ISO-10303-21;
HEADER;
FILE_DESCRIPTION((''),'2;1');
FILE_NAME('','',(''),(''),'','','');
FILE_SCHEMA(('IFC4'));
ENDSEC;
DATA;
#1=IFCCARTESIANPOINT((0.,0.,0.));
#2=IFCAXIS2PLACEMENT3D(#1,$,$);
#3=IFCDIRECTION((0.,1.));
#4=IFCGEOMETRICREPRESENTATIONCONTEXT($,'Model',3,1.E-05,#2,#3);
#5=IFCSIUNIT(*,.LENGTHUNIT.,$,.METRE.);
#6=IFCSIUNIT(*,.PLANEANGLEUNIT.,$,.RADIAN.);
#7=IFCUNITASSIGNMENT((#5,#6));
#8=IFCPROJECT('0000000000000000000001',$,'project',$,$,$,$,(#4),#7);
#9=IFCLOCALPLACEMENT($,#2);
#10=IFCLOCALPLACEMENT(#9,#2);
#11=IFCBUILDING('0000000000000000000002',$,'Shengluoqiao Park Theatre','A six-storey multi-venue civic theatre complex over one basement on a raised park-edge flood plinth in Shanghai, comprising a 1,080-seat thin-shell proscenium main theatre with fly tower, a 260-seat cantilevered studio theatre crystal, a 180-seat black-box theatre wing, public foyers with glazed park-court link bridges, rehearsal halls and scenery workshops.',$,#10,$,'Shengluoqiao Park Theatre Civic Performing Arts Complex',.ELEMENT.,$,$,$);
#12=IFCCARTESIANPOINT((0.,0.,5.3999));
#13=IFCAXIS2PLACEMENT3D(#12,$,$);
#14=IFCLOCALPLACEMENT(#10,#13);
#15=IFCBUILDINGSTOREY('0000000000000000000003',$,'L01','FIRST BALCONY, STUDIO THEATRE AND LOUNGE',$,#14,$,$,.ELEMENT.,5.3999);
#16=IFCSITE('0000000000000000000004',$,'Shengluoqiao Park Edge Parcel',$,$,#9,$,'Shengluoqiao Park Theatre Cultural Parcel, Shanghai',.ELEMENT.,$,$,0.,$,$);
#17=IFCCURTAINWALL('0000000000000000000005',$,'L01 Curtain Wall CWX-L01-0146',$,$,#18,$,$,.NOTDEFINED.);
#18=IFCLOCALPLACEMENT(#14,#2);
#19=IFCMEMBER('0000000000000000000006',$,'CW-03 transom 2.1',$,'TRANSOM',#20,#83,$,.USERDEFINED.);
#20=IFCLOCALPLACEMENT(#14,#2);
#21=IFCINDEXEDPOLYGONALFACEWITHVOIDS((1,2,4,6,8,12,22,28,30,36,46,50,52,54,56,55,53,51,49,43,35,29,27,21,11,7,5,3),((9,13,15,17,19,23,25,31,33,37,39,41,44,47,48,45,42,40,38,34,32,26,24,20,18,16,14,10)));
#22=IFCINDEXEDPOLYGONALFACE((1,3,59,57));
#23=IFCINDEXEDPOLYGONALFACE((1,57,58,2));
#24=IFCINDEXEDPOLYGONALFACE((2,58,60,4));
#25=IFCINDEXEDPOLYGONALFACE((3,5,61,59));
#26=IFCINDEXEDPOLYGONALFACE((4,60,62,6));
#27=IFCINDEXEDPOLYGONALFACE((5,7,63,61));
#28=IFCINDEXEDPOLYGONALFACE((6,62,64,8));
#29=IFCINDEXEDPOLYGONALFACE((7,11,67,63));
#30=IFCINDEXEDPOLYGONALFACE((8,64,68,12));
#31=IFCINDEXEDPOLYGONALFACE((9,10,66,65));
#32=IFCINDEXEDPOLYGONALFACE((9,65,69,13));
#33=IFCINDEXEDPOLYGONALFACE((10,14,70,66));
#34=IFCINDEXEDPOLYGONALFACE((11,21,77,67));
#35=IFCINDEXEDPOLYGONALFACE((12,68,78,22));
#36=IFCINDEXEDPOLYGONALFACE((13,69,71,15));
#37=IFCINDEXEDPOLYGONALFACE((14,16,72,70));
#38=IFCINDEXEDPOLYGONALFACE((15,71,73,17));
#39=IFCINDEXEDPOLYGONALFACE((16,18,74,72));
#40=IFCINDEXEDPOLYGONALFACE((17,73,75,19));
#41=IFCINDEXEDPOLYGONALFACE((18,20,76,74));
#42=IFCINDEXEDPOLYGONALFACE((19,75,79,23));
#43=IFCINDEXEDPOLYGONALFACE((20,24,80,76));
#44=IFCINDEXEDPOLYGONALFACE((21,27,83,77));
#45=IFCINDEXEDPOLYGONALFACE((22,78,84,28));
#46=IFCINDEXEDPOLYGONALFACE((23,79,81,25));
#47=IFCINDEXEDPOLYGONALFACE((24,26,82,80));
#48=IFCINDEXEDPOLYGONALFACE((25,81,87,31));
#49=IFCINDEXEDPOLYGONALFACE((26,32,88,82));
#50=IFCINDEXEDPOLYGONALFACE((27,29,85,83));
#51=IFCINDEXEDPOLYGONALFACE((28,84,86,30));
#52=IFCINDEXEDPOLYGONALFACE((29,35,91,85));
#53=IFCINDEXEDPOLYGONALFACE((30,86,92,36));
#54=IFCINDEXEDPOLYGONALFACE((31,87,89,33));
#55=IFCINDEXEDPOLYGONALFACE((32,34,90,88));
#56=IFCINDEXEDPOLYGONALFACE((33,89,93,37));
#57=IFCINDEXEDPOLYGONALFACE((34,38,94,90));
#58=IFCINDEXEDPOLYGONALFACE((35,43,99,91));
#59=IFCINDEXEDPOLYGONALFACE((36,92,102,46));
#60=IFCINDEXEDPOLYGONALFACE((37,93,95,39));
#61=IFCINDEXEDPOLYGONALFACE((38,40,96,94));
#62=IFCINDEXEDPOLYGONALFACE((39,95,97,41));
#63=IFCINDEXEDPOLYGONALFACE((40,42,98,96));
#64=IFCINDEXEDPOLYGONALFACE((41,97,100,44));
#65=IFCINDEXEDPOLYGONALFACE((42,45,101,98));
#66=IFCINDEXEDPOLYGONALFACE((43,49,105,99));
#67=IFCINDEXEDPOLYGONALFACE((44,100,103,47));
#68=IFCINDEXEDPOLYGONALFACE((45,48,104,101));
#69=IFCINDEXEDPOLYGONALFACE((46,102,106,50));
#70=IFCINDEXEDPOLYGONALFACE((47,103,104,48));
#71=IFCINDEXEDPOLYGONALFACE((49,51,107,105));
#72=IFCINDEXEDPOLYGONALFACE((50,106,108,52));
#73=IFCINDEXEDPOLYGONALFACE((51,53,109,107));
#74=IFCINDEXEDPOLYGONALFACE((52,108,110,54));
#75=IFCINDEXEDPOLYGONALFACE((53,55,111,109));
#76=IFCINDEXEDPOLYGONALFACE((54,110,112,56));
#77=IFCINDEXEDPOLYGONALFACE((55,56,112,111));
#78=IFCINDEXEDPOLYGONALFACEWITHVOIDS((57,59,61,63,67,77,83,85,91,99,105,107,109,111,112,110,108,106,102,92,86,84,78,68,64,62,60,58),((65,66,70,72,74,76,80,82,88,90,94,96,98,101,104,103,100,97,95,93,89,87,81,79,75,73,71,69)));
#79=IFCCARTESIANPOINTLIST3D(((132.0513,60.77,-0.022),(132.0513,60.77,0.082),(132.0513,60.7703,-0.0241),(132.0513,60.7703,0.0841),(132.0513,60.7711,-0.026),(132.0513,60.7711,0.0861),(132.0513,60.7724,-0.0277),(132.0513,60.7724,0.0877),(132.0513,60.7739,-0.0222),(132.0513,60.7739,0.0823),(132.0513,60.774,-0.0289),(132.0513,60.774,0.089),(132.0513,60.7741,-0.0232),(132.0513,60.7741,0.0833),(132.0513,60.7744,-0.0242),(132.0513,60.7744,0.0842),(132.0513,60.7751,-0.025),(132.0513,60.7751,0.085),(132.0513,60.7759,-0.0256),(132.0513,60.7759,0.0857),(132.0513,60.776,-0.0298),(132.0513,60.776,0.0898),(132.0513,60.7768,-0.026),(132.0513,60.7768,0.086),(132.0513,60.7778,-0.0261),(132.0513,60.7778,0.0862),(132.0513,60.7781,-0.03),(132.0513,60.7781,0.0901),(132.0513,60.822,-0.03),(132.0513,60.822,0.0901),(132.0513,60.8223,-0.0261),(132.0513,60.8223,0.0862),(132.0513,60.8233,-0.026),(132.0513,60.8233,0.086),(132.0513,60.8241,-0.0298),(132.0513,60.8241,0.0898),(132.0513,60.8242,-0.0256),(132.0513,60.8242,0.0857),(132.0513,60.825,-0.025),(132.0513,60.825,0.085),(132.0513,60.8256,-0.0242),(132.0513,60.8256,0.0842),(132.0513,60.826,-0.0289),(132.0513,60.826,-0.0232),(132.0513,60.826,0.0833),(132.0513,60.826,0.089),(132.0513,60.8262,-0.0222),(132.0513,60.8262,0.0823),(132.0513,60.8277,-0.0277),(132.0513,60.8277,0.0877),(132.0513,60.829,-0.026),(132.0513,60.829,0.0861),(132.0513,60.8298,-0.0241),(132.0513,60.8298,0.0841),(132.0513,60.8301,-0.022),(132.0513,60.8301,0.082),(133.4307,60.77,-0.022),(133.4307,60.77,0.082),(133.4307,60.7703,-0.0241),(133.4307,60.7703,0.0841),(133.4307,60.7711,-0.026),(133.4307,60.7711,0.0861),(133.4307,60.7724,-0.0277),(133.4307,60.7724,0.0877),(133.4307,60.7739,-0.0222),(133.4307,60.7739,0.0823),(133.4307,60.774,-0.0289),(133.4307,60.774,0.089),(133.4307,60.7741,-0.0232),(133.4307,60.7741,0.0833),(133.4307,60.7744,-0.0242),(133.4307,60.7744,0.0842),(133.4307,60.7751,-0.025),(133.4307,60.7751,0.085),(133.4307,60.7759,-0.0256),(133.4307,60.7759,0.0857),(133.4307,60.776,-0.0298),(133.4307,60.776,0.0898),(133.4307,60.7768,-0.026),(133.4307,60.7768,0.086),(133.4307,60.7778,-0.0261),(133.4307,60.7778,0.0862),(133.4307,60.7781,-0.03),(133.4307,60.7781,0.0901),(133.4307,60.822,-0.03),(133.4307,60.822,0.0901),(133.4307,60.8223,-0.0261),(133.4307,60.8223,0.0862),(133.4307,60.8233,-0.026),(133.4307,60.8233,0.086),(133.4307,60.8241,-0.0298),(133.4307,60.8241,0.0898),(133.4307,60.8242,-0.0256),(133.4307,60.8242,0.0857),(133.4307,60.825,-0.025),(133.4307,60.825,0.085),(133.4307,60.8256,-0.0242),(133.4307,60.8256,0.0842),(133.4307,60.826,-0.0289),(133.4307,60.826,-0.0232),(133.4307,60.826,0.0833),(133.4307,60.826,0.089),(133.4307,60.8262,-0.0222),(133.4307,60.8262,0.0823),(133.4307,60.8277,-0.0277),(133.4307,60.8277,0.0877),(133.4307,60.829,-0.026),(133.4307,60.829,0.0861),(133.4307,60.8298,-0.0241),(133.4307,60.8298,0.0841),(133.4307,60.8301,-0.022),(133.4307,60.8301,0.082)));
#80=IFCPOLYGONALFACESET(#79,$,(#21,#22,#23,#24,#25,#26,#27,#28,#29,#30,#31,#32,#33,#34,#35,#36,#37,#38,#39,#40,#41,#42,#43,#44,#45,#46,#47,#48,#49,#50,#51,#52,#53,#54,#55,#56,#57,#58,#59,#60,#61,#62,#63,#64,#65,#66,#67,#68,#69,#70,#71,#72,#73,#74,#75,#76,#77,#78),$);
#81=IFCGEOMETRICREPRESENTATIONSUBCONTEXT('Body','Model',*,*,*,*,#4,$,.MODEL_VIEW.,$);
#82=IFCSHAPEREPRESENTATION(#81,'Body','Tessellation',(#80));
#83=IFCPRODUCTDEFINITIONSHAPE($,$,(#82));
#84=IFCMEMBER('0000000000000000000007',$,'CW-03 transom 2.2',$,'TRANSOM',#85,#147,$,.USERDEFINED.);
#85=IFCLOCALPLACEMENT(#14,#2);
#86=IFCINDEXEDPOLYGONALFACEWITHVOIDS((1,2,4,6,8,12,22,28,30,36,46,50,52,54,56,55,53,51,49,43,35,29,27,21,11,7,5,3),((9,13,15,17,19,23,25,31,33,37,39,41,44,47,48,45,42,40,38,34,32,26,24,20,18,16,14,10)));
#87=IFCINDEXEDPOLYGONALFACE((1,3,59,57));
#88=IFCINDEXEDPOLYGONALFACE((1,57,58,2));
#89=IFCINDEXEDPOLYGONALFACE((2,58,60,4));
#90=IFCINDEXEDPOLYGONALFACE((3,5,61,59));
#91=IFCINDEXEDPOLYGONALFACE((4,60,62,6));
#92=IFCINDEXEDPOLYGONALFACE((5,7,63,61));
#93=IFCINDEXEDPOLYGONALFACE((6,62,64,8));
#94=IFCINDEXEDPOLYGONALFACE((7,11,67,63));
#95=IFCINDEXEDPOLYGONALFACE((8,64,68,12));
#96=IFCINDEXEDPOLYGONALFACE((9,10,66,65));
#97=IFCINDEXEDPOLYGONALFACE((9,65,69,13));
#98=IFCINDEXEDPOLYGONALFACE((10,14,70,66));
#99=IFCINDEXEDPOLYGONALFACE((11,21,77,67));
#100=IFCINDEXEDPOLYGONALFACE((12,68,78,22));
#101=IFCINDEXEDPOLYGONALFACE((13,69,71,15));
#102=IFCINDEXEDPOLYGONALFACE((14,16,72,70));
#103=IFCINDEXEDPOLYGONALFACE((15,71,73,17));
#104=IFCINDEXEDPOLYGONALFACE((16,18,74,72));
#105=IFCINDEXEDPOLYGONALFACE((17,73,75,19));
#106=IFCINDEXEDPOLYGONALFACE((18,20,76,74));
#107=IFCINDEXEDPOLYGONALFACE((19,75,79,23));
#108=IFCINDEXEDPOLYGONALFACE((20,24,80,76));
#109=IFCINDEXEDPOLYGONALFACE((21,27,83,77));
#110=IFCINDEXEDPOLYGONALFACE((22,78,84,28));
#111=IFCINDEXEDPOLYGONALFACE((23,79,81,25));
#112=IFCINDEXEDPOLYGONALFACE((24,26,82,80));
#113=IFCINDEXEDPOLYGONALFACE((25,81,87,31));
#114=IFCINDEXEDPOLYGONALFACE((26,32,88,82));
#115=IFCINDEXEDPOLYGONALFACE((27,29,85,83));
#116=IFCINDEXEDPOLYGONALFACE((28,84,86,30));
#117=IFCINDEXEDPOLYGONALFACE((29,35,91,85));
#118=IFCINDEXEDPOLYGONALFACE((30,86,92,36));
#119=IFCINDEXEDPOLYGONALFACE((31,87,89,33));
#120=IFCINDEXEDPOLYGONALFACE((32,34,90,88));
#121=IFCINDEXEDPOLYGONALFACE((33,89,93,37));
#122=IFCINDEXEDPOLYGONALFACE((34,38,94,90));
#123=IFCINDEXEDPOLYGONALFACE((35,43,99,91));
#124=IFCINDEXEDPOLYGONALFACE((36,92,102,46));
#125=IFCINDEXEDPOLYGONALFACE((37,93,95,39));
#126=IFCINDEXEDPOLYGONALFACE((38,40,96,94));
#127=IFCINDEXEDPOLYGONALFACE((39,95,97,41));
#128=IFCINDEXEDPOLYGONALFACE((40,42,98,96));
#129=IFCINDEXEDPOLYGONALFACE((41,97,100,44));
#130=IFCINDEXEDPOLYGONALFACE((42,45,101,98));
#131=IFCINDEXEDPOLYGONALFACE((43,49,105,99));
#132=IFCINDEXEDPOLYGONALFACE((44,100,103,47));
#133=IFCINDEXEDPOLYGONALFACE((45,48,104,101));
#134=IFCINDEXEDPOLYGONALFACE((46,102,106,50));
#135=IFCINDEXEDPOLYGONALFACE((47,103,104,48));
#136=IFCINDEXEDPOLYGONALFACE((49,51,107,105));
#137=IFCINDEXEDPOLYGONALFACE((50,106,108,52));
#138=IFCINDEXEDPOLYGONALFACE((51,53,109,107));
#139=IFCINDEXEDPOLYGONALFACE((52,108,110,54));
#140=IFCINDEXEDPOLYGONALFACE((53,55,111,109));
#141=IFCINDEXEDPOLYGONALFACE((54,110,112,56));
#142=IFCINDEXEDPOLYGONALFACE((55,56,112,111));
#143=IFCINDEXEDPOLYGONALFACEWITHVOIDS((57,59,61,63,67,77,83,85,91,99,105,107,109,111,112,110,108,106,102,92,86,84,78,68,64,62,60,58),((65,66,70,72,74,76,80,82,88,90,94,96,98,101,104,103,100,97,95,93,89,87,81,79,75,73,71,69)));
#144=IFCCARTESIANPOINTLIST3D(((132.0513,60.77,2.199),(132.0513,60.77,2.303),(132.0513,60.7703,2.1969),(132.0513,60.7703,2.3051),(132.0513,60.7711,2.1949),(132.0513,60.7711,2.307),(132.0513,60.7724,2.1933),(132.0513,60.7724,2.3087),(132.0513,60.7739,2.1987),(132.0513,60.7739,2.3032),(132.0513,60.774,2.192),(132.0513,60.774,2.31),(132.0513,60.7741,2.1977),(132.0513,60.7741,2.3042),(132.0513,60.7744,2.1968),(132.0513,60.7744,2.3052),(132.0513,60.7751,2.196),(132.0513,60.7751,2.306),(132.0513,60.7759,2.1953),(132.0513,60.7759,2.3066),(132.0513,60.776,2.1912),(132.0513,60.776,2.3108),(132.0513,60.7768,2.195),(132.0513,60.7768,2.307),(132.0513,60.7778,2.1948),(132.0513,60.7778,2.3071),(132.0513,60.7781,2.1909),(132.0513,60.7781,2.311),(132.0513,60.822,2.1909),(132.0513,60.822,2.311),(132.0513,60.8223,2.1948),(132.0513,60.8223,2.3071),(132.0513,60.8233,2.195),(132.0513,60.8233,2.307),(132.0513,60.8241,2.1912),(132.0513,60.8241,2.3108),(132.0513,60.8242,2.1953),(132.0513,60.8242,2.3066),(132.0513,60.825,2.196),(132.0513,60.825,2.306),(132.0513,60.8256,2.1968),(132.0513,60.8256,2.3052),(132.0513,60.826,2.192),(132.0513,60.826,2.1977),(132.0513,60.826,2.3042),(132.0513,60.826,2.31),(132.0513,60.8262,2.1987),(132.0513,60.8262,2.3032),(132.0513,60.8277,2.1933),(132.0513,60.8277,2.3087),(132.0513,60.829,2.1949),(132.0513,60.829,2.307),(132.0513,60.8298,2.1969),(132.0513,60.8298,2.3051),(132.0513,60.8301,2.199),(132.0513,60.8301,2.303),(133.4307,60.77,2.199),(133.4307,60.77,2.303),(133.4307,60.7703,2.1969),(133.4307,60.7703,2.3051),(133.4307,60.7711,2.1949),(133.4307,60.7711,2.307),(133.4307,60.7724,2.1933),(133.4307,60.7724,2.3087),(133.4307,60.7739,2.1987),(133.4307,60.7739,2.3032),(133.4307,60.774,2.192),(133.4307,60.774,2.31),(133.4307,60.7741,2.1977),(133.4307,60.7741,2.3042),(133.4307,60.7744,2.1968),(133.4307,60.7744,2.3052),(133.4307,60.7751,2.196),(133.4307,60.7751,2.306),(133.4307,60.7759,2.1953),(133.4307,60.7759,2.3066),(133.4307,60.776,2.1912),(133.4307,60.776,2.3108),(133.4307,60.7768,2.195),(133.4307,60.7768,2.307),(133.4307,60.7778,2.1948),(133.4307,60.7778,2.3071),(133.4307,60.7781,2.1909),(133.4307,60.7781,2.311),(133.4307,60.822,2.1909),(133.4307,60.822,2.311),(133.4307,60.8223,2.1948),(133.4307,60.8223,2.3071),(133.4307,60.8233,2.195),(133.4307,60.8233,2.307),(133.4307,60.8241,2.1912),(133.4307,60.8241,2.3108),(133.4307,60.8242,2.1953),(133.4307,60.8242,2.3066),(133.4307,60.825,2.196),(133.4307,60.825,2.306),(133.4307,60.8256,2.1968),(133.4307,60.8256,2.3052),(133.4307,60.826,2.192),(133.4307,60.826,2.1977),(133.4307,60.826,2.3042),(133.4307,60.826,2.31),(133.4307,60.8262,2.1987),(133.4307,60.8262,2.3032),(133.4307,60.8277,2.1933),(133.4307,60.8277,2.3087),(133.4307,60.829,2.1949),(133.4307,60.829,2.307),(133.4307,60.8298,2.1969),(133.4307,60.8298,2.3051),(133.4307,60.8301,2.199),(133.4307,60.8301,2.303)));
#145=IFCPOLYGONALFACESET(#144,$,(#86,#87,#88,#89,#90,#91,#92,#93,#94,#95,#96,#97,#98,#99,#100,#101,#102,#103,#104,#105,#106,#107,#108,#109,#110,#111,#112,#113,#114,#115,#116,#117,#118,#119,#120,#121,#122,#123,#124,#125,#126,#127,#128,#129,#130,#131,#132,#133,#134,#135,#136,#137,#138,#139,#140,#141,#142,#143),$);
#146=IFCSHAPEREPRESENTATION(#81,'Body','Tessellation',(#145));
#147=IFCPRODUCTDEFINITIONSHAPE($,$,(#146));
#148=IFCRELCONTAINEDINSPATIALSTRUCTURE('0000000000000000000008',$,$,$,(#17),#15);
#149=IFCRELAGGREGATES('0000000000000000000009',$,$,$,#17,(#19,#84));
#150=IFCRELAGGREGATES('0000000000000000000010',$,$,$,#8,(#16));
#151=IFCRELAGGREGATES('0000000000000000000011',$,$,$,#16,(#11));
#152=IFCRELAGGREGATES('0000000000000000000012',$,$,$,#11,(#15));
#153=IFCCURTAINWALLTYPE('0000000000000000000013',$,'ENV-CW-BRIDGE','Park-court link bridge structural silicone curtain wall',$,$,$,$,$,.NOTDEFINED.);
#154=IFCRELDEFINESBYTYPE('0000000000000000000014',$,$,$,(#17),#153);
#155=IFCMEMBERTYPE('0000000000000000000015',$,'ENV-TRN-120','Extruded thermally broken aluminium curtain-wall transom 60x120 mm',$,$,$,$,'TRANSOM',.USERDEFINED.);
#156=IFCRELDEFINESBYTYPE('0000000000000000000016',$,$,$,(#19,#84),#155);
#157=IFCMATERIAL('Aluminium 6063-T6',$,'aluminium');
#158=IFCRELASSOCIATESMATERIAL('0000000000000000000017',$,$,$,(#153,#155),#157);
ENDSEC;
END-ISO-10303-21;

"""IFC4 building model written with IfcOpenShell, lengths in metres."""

from ifc_helpers import new_model, si_unit, direction, frame, origin, origin_2d, place, context, subcontext, project, spatial, hollow_rectangle, extrude, material, material_profile, profile_set, type_object, element, aggregate, save


model = new_model("IFC4")

# Units and contexts
model_context = context("Model", 3, precision=1e-05, world=origin(), true_north=direction((0.0, 1.0)))
body_context = subcontext(model_context, "Body", "Model", "MODEL_VIEW")
ifc_project = project(units=[si_unit("LENGTHUNIT", "METRE"), si_unit("PLANEANGLEUNIT", "RADIAN")], contexts=[model_context])

# Site, building, storey
site_placement = place(None, origin())
site = spatial("IfcSite", under=ifc_project, at=site_placement, Name="Shengluoqiao Park Edge Parcel", LongName="Shengluoqiao Park Theatre Cultural Parcel, Shanghai", CompositionType="ELEMENT", RefElevation=0.0)
building_placement = place(site_placement, origin())
building = spatial("IfcBuilding", under=site, at=building_placement, Name="Shengluoqiao Park Theatre", Description="A six-storey multi-venue civic theatre complex over one basement on a raised park-edge flood plinth in Shanghai, comprising a 1,080-seat thin-shell proscenium main theatre with fly tower, a 260-seat cantilevered studio theatre crystal, a 180-seat black-box theatre wing, public foyers with glazed park-court link bridges, rehearsal halls and scenery workshops.", LongName="Shengluoqiao Park Theatre Civic Performing Arts Complex", CompositionType="ELEMENT")
storey_placement = place(building_placement, frame((0.0, 0.0, 5.3999)))
storey = spatial("IfcBuildingStorey", under=building, at=storey_placement, Name="L01", Description="FIRST BALCONY, STUDIO THEATRE AND LOUNGE", CompositionType="ELEMENT", Elevation=5.3999)

# Shared definitions
ifc_material_1 = material(Name="Aluminium 6063-T6", Category="aluminium")
curtain_wall_type = type_object("IfcCurtainWallType", Name="ENV-CW-BRIDGE", Description="Park-court link bridge structural silicone curtain wall", PredefinedType="NOTDEFINED", material=ifc_material_1)

# Curtain wall
curtain_wall_1_placement = place(storey_placement, origin())
curtain_wall_1 = element("IfcCurtainWall", 1, at=curtain_wall_1_placement, inside=storey, type_object=curtain_wall_type, Name="L01 Curtain Wall CWX-L01-0146", PredefinedType="NOTDEFINED")

# Members
ifc_material_profile_1 = material_profile(ifc_material_1, hollow_rectangle(XDim=0.0601, YDim=0.1201, WallThickness=0.0039, InnerFilletRadius=0.0039, OuterFilletRadius=0.0081, at=origin_2d()), Name="ALU TRANSOM 120x60x4")
ifc_profile_set_1 = profile_set([ifc_material_profile_1], Name="Aluminium 6063-T6")
member_type_1 = type_object("IfcMemberType", Name="ENV-TRN-120", Description="Extruded thermally broken aluminium curtain-wall transom 60x120 mm", ElementType="TRANSOM", PredefinedType="USERDEFINED", material=ifc_profile_set_1)
member_1_placement = place(storey_placement, frame((132.0513, 60.8, 0.03), z_axis=(1.0, 0.0, 0.0), x_axis=(0.0, 1.0, 0.0)))
member_1 = element("IfcMember", 2, at=member_1_placement, type_object=member_type_1, Name="CW-03 transom 2.1", ObjectType="TRANSOM", PredefinedType="USERDEFINED", context=body_context, shape_type="SweptSolid", body=[
    extrude(hollow_rectangle(XDim=0.0601, YDim=0.1201, WallThickness=0.0039, InnerFilletRadius=0.0039, OuterFilletRadius=0.0081, at=origin_2d()), origin(), (0.0, 0.0, 1.0), 1.3794),
])
member_2_placement = place(storey_placement, frame((132.0513, 60.8, 2.251), z_axis=(1.0, 0.0, 0.0), x_axis=(0.0, 1.0, 0.0)))
member_2 = element("IfcMember", 3, at=member_2_placement, type_object=member_type_1, Name="CW-03 transom 2.2", ObjectType="TRANSOM", PredefinedType="USERDEFINED", context=body_context, shape_type="SweptSolid", body=[
    extrude(hollow_rectangle(XDim=0.0601, YDim=0.1201, WallThickness=0.0039, InnerFilletRadius=0.0039, OuterFilletRadius=0.0081, at=origin_2d()), origin(), (0.0, 0.0, 1.0), 1.3794),
])

aggregate(curtain_wall_1, [member_1, member_2])

save(model, "model.ifc")
